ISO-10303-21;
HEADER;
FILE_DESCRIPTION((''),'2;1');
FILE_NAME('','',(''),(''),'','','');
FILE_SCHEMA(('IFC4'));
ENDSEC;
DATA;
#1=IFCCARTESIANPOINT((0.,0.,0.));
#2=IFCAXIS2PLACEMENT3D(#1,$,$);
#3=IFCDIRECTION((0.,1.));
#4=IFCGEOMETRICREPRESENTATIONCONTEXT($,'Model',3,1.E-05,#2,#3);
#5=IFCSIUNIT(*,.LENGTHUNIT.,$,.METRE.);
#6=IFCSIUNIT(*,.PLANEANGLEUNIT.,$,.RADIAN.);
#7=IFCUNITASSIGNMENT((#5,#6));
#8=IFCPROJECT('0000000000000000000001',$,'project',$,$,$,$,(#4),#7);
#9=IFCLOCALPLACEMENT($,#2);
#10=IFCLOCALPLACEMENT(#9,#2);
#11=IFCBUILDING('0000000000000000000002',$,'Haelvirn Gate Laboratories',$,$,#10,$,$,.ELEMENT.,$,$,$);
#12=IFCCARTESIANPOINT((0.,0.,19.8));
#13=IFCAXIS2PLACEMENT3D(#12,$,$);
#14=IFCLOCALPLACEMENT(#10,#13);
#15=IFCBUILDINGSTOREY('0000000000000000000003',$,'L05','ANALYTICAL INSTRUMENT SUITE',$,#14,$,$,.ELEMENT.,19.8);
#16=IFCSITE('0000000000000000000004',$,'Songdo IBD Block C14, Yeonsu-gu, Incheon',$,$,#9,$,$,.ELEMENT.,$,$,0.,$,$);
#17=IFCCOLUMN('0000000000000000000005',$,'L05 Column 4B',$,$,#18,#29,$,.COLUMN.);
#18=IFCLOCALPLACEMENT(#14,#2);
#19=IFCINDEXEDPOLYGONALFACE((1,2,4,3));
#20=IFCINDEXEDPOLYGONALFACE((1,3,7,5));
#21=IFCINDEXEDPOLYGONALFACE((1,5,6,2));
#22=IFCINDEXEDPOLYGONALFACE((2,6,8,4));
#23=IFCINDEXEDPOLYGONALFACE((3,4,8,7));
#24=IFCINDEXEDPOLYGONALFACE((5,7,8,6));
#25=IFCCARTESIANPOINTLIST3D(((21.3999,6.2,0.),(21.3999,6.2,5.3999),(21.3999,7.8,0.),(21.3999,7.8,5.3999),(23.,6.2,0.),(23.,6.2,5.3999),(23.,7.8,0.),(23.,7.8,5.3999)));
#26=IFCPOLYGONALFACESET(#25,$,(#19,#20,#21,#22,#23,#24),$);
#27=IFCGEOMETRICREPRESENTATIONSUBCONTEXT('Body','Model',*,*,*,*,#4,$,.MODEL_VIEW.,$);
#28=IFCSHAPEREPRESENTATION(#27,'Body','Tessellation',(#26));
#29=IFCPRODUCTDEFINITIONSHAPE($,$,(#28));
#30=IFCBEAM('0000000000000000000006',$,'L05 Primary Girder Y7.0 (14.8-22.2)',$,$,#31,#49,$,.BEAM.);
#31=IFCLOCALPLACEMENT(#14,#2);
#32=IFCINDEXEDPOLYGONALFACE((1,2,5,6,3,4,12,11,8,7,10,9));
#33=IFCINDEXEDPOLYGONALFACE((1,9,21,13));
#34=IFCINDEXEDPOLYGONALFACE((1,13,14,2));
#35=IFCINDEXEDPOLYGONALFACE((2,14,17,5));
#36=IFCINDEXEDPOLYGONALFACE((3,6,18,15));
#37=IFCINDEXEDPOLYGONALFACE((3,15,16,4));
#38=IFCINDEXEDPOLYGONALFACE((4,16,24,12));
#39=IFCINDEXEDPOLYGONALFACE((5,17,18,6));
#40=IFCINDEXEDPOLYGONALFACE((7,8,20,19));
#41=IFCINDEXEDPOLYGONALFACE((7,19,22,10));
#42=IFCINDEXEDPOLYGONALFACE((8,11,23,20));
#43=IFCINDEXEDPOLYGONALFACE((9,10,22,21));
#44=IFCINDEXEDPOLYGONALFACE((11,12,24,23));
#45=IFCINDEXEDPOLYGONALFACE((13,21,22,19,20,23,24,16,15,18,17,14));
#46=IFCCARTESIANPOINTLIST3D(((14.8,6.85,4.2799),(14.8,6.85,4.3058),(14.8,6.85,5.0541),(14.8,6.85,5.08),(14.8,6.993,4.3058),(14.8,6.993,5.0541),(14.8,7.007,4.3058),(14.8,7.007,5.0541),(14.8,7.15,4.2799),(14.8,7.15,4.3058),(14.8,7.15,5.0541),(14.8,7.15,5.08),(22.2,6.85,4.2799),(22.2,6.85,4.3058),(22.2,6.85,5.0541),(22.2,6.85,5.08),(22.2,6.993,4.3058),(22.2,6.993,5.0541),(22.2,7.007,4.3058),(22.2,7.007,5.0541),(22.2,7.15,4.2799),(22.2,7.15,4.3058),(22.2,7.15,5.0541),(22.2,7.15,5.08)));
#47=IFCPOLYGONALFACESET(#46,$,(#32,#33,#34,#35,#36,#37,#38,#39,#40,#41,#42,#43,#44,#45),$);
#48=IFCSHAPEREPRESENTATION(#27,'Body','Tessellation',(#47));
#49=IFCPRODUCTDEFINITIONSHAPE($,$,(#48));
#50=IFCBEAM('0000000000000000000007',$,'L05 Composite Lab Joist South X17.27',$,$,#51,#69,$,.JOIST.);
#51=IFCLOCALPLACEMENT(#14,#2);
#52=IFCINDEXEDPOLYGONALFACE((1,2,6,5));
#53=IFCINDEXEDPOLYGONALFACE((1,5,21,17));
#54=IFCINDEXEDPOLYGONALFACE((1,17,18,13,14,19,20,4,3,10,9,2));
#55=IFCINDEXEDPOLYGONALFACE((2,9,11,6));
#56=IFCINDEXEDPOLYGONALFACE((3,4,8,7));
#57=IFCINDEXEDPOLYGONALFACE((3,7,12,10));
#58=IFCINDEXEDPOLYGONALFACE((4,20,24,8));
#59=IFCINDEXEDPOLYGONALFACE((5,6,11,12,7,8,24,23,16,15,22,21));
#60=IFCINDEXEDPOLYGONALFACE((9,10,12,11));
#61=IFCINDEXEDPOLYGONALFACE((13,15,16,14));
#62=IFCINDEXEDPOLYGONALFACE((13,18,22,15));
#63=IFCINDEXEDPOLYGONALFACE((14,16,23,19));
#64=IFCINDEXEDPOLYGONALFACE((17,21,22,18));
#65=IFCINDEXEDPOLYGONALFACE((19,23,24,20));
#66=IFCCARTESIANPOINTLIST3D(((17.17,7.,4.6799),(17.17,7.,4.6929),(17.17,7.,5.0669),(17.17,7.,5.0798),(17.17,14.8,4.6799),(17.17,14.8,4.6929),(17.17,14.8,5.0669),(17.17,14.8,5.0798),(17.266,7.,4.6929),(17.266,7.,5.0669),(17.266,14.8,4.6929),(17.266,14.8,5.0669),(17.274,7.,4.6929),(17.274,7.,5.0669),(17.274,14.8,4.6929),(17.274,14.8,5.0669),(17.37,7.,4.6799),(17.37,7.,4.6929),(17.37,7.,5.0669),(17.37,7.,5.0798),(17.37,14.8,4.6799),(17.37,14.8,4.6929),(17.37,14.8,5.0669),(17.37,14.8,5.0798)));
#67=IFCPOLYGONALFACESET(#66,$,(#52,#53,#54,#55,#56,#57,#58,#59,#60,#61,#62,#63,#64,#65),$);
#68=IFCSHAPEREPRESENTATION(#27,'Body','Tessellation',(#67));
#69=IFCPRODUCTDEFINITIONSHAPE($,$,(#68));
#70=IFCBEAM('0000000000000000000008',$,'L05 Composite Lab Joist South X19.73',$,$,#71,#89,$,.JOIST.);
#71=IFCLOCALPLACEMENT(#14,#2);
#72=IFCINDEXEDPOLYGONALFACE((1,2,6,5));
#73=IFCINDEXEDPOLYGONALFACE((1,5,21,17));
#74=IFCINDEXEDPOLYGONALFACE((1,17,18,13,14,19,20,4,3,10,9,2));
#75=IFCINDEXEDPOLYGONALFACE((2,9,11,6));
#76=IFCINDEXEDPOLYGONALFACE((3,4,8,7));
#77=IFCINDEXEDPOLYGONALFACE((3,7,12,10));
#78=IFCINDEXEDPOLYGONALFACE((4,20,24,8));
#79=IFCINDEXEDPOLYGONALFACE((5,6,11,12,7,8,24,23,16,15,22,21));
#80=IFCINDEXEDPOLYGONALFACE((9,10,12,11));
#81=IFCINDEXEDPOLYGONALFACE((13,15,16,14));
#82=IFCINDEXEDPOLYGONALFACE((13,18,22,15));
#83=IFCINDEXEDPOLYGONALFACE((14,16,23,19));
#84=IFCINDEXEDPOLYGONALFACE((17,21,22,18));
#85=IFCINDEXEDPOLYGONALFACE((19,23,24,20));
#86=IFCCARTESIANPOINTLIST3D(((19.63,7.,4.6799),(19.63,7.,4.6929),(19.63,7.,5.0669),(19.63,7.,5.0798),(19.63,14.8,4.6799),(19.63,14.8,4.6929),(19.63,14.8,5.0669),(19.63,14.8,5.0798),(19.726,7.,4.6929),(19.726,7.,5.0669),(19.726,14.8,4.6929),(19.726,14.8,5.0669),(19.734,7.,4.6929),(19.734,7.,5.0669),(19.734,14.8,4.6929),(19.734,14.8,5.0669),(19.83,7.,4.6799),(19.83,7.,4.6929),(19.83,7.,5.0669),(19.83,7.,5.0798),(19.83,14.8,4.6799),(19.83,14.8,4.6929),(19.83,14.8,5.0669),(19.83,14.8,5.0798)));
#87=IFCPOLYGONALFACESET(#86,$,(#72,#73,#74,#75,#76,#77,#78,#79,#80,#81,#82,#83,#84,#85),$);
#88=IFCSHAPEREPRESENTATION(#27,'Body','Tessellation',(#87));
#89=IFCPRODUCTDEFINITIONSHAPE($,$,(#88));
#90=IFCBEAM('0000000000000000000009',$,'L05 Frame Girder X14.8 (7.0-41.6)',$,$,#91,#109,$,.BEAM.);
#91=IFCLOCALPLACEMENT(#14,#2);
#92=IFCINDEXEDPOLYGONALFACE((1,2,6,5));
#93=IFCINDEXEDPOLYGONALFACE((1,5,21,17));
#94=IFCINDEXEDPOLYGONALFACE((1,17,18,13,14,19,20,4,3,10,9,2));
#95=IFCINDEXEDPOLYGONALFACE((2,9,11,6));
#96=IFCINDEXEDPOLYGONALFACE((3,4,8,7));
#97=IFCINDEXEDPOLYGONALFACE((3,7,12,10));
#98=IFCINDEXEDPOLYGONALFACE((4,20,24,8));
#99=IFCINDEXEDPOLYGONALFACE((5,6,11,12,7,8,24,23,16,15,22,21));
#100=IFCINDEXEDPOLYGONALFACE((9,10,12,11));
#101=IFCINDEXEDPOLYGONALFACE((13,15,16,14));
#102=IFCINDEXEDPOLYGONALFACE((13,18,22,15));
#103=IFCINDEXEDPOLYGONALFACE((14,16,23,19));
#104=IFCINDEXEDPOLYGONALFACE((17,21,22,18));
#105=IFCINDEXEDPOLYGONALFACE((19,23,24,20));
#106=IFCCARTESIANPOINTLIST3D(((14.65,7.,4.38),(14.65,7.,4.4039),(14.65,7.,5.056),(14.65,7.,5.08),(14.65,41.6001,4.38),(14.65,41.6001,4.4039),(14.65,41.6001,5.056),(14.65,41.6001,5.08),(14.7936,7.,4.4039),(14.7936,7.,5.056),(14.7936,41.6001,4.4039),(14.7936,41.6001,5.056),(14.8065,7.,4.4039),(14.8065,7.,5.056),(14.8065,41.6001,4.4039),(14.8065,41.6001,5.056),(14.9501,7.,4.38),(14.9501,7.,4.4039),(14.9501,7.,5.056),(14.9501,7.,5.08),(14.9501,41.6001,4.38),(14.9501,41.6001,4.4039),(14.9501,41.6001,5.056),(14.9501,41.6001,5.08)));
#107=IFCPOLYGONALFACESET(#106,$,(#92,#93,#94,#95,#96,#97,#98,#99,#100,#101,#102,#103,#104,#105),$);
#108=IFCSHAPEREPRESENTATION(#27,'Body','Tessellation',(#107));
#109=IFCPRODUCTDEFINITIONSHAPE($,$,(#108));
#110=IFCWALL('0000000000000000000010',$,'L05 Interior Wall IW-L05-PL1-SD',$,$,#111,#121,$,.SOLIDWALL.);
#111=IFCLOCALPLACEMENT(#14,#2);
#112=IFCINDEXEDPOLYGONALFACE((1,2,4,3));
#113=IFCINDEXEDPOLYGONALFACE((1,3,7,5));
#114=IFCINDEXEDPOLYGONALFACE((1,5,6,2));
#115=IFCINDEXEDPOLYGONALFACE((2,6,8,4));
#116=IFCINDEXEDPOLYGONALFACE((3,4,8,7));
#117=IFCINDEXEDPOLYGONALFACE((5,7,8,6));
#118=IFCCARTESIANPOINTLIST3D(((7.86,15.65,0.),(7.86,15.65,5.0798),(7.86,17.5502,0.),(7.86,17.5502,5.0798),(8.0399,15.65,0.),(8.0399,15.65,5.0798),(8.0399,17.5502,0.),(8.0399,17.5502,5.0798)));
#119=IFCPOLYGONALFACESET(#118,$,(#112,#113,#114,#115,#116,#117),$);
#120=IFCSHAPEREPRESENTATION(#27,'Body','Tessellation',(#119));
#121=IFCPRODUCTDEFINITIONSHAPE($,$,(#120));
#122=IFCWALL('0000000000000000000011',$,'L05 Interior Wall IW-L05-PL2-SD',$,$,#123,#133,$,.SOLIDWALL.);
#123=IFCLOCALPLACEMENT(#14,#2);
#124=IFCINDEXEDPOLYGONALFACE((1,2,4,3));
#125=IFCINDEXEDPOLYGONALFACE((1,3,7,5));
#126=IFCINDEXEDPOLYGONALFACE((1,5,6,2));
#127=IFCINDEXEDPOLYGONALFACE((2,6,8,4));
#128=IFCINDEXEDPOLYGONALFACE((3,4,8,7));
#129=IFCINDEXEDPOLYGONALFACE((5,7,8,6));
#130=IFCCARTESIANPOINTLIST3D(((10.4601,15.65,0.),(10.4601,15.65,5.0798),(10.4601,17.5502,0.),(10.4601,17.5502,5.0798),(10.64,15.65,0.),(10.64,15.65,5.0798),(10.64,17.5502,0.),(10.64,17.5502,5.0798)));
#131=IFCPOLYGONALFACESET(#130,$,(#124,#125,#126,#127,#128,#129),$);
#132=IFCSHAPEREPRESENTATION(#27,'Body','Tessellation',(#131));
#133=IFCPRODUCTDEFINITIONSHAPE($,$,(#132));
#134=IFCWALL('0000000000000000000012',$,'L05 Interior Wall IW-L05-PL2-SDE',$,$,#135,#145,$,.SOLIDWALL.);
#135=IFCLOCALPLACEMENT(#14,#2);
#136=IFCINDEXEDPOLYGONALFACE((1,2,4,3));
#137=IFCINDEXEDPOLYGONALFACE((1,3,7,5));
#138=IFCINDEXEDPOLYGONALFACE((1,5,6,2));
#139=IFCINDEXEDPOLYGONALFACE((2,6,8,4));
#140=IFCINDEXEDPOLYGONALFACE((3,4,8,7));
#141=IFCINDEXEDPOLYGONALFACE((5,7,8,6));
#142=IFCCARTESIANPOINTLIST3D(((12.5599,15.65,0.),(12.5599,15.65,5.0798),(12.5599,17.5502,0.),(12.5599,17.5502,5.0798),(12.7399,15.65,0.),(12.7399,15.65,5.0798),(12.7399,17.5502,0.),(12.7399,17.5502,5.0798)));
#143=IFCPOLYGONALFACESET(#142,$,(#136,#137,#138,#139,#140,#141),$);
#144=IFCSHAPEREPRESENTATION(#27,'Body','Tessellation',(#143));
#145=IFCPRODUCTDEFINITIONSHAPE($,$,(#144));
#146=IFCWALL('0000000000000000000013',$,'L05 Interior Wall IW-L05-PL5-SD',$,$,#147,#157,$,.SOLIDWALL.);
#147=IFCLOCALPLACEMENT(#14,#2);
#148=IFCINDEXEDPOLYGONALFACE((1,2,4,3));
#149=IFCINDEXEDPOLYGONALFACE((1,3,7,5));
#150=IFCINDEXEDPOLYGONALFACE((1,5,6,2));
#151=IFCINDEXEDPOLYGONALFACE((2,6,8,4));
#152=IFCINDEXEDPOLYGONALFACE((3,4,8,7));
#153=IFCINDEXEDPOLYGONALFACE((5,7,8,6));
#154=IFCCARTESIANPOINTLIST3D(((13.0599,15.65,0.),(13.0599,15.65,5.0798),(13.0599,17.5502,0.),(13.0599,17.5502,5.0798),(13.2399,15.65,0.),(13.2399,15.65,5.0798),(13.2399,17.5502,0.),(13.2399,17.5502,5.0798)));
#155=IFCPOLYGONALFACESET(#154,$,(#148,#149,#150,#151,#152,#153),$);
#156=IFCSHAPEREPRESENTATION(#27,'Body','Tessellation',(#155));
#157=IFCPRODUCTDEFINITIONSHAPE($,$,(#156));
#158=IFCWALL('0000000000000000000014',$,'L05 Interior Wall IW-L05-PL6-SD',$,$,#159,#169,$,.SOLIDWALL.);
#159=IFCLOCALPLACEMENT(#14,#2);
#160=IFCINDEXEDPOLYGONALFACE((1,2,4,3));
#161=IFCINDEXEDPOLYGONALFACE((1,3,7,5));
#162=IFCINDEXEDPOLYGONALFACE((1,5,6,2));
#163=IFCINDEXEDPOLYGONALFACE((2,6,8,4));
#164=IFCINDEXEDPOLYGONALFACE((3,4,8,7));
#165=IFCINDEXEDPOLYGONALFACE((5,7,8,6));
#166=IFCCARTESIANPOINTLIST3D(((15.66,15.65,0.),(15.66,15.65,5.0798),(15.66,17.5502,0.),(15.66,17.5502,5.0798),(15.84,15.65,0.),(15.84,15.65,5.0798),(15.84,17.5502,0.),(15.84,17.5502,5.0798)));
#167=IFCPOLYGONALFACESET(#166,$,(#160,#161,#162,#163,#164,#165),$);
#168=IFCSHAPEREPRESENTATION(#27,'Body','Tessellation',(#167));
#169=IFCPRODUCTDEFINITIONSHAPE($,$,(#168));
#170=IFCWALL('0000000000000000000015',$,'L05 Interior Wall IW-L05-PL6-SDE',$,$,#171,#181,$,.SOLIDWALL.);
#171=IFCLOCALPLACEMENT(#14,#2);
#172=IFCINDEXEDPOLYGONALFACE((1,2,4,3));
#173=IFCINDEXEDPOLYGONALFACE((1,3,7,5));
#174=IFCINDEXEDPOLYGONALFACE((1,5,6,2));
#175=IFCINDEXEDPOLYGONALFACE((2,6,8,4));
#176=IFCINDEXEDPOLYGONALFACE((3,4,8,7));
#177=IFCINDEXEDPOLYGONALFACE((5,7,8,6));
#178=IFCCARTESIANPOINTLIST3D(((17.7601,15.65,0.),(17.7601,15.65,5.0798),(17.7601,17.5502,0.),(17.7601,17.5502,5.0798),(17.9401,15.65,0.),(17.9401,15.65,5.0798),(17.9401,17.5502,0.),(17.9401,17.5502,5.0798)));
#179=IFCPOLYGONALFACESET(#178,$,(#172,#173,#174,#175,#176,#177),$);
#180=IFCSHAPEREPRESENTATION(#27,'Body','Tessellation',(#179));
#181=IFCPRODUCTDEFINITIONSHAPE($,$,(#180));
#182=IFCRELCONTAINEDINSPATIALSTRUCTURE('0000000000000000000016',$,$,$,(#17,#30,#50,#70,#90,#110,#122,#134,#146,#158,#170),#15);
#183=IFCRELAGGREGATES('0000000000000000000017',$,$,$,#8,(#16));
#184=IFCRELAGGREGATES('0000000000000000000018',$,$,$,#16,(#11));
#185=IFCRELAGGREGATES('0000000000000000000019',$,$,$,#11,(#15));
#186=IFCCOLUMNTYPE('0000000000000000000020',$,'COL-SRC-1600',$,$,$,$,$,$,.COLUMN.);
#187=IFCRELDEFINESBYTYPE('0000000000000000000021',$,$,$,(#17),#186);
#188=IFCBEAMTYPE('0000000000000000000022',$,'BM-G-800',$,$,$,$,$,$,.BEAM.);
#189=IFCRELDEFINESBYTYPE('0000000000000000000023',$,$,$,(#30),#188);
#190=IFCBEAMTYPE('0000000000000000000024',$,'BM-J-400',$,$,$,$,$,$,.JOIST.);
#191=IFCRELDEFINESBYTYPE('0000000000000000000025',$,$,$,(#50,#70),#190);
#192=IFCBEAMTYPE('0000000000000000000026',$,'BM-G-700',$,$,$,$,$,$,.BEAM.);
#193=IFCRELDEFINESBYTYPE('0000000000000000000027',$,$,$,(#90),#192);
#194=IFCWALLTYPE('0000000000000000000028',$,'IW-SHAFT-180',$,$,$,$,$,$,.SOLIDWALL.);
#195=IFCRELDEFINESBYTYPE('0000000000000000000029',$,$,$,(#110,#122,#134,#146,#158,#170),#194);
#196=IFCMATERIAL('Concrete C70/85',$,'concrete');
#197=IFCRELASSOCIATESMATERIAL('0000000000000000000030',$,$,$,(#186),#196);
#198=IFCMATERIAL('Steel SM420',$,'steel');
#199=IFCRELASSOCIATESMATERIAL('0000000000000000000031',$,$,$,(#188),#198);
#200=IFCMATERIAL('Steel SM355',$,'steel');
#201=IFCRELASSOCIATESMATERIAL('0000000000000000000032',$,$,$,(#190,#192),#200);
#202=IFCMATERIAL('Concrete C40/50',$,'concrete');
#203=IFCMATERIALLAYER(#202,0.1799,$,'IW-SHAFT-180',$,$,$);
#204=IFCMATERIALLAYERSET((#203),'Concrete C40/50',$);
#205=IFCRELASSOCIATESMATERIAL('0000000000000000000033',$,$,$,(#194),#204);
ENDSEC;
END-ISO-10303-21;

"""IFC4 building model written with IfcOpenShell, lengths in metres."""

from ifc_helpers import new_model, si_unit, direction, frame, frame_2d, origin, origin_2d, place, context, subcontext, project, spatial, rectangle, i_section, extrude, source, transform, mapped, material, layer, layer_set, material_profile, profile_set, type_object, type_shapes, element, save


model = new_model("IFC4")

# Units and contexts
model_context = context("Model", 3, precision=1e-05, world=origin(), true_north=direction((0.0, 1.0)))
body_context = subcontext(model_context, "Body", "Model", "MODEL_VIEW")
ifc_project = project(units=[si_unit("LENGTHUNIT", "METRE"), si_unit("PLANEANGLEUNIT", "RADIAN")], contexts=[model_context])

# Site, building, storey
site_placement = place(None, origin())
site = spatial("IfcSite", under=ifc_project, at=site_placement, Name="Songdo IBD Block C14, Yeonsu-gu, Incheon", CompositionType="ELEMENT", RefElevation=0.0)
building_placement = place(site_placement, origin())
building = spatial("IfcBuilding", under=site, at=building_placement, Name="Haelvirn Gate Laboratories", CompositionType="ELEMENT")
storey_placement = place(building_placement, frame((0.0, 0.0, 19.8)))
storey = spatial("IfcBuildingStorey", under=building, at=storey_placement, Name="L05", Description="ANALYTICAL INSTRUMENT SUITE", CompositionType="ELEMENT", Elevation=19.8)

# Column
ifc_material_1 = material(Name="Concrete C70/85", Category="concrete")
ifc_material_profile_1 = material_profile(ifc_material_1, rectangle(XDim=1.6001, YDim=1.6001, at=origin_2d()), Name="SRC-1600x1600")
ifc_profile_set_1 = profile_set([ifc_material_profile_1], Name="Concrete C70/85")
column_type = type_object("IfcColumnType", Name="COL-SRC-1600", PredefinedType="COLUMN", material=ifc_profile_set_1)
shared_shape_1 = source(origin(), body_context, "Body", "SweptSolid", [
    extrude(rectangle(XDim=1.6001, YDim=1.6001, at=origin_2d()), origin(), (0.0, 0.0, 1.0), 5.3999),
])
type_shapes(column_type, [shared_shape_1])
column_placement = place(storey_placement, frame((22.2, 7.0, 0.0), z_axis=(0.0, 0.0, 1.0), x_axis=(1.0, 0.0, 0.0)))
element("IfcColumn", 1, at=column_placement, inside=storey, type_object=column_type, Name="L05 Column 4B", PredefinedType="COLUMN", context=body_context, shape_type="MappedRepresentation", body=[
    mapped(shared_shape_1, transform((0.0, 0.0, 0.0), scale=1.0)),
])

# Beams
ifc_material_2 = material(Name="Steel SM420", Category="steel")
ifc_material_profile_2 = material_profile(ifc_material_2, i_section(OverallWidth=0.3, OverallDepth=0.8, WebThickness=0.0139, FlangeThickness=0.0259, at=origin_2d()), Name="H-800x300x14x26")
ifc_profile_set_2 = profile_set([ifc_material_profile_2], Name="Steel SM420")
beam_type_1 = type_object("IfcBeamType", Name="BM-G-800", PredefinedType="BEAM", material=ifc_profile_set_2)
shared_shape_2 = source(origin(), body_context, "Body", "SweptSolid", [
    extrude(i_section(OverallWidth=0.3, OverallDepth=0.8, WebThickness=0.0139, FlangeThickness=0.0259, at=origin_2d()), origin(), (0.0, 0.0, 1.0), 7.3999),
])
type_shapes(beam_type_1, [shared_shape_2])
beam_1_placement = place(storey_placement, frame((14.8, 7.0, 4.6799), z_axis=(1.0, 0.0, 0.0), x_axis=(0.0, 1.0, 0.0)))
element("IfcBeam", 2, at=beam_1_placement, inside=storey, type_object=beam_type_1, Name="L05 Primary Girder Y7.0 (14.8-22.2)", PredefinedType="BEAM", context=body_context, shape_type="MappedRepresentation", body=[
    mapped(shared_shape_2, transform((0.0, 0.0, 0.0), scale=1.0)),
])
ifc_material_3 = material(Name="Steel SM355", Category="steel")
ifc_material_profile_3 = material_profile(ifc_material_3, i_section(OverallWidth=0.2, OverallDepth=0.3999, WebThickness=0.0081, FlangeThickness=0.0129, at=origin_2d()), Name="H-400x200x8x13")
ifc_profile_set_3 = profile_set([ifc_material_profile_3], Name="Steel SM355")
beam_type_2 = type_object("IfcBeamType", Name="BM-J-400", PredefinedType="JOIST", material=ifc_profile_set_3)
shared_shape_3 = source(origin(), body_context, "Body", "SweptSolid", [
    extrude(i_section(OverallWidth=0.2, OverallDepth=0.3999, WebThickness=0.0081, FlangeThickness=0.0129, at=origin_2d()), origin(), (0.0, 0.0, 1.0), 7.8),
])
type_shapes(beam_type_2, [shared_shape_3])
for number, where, z_axis, x_axis, name in (
    (3, (17.27, 7.0, 4.8799), (0.0, 1.0, 0.0), (-1.0, 0.0, 0.0), "L05 Composite Lab Joist South X17.27"),
    (4, (19.73, 7.0, 4.8799), (0.0, 1.0, 0.0), (-1.0, 0.0, 0.0), "L05 Composite Lab Joist South X19.73"),
):
    element("IfcBeam", number, at=place(storey_placement, frame(where, z_axis=z_axis, x_axis=x_axis)), inside=storey, type_object=beam_type_2, Name=name, PredefinedType="JOIST", context=body_context, shape_type="MappedRepresentation", body=[
        mapped(shared_shape_3, transform((0.0, 0.0, 0.0), scale=1.0)),
    ])
ifc_material_profile_4 = material_profile(ifc_material_3, i_section(OverallWidth=0.3, OverallDepth=0.7, WebThickness=0.0129, FlangeThickness=0.0239, at=origin_2d()), Name="H-700x300x13x24")
ifc_profile_set_4 = profile_set([ifc_material_profile_4], Name="Steel SM355")
beam_type_3 = type_object("IfcBeamType", Name="BM-G-700", PredefinedType="BEAM", material=ifc_profile_set_4)
shared_shape_4 = source(origin(), body_context, "Body", "SweptSolid", [
    extrude(i_section(OverallWidth=0.3, OverallDepth=0.7, WebThickness=0.0129, FlangeThickness=0.0239, at=origin_2d()), origin(), (0.0, 0.0, 1.0), 34.6001),
])
type_shapes(beam_type_3, [shared_shape_4])
beam_2_placement = place(storey_placement, frame((14.8, 7.0, 4.73), z_axis=(0.0, 1.0, 0.0), x_axis=(-1.0, 0.0, 0.0)))
element("IfcBeam", 5, at=beam_2_placement, inside=storey, type_object=beam_type_3, Name="L05 Frame Girder X14.8 (7.0-41.6)", PredefinedType="BEAM", context=body_context, shape_type="MappedRepresentation", body=[
    mapped(shared_shape_4, transform((0.0, 0.0, 0.0), scale=1.0)),
])

# Walls
ifc_material_4 = material(Name="Concrete C40/50", Category="concrete")
ifc_layer_1 = layer(ifc_material_4, 0.1799, Name="IW-SHAFT-180")
ifc_layer_set_1 = layer_set([ifc_layer_1], Name="Concrete C40/50")
wall_type_1 = type_object("IfcWallType", Name="IW-SHAFT-180", PredefinedType="SOLIDWALL", material=ifc_layer_set_1)
for number, where, z_axis, x_axis, name in (
    (6, (7.95, 15.6499, 0.0), (0.0, 0.0, 1.0), (0.0, 1.0, 0.0), "L05 Interior Wall IW-L05-PL1-SD"),
    (7, (10.55, 15.6499, 0.0), (0.0, 0.0, 1.0), (0.0, 1.0, 0.0), "L05 Interior Wall IW-L05-PL2-SD"),
    (8, (12.6499, 15.6499, 0.0), (0.0, 0.0, 1.0), (0.0, 1.0, 0.0), "L05 Interior Wall IW-L05-PL2-SDE"),
    (9, (13.1499, 15.6499, 0.0), (0.0, 0.0, 1.0), (0.0, 1.0, 0.0), "L05 Interior Wall IW-L05-PL5-SD"),
    (10, (15.75, 15.6499, 0.0), (0.0, 0.0, 1.0), (0.0, 1.0, 0.0), "L05 Interior Wall IW-L05-PL6-SD"),
    (11, (17.8501, 15.6499, 0.0), (0.0, 0.0, 1.0), (0.0, 1.0, 0.0), "L05 Interior Wall IW-L05-PL6-SDE"),
):
    element("IfcWall", number, at=place(storey_placement, frame(where, z_axis=z_axis, x_axis=x_axis)), inside=storey, type_object=wall_type_1, Name=name, PredefinedType="SOLIDWALL", context=body_context, shape_type="SweptSolid", body=[
        extrude(rectangle(XDim=1.9001, YDim=0.1799, at=frame_2d((0.9502, 0.0))), origin(), (0.0, 0.0, 1.0), 5.0798),
    ])

save(model, "model.ifc")
